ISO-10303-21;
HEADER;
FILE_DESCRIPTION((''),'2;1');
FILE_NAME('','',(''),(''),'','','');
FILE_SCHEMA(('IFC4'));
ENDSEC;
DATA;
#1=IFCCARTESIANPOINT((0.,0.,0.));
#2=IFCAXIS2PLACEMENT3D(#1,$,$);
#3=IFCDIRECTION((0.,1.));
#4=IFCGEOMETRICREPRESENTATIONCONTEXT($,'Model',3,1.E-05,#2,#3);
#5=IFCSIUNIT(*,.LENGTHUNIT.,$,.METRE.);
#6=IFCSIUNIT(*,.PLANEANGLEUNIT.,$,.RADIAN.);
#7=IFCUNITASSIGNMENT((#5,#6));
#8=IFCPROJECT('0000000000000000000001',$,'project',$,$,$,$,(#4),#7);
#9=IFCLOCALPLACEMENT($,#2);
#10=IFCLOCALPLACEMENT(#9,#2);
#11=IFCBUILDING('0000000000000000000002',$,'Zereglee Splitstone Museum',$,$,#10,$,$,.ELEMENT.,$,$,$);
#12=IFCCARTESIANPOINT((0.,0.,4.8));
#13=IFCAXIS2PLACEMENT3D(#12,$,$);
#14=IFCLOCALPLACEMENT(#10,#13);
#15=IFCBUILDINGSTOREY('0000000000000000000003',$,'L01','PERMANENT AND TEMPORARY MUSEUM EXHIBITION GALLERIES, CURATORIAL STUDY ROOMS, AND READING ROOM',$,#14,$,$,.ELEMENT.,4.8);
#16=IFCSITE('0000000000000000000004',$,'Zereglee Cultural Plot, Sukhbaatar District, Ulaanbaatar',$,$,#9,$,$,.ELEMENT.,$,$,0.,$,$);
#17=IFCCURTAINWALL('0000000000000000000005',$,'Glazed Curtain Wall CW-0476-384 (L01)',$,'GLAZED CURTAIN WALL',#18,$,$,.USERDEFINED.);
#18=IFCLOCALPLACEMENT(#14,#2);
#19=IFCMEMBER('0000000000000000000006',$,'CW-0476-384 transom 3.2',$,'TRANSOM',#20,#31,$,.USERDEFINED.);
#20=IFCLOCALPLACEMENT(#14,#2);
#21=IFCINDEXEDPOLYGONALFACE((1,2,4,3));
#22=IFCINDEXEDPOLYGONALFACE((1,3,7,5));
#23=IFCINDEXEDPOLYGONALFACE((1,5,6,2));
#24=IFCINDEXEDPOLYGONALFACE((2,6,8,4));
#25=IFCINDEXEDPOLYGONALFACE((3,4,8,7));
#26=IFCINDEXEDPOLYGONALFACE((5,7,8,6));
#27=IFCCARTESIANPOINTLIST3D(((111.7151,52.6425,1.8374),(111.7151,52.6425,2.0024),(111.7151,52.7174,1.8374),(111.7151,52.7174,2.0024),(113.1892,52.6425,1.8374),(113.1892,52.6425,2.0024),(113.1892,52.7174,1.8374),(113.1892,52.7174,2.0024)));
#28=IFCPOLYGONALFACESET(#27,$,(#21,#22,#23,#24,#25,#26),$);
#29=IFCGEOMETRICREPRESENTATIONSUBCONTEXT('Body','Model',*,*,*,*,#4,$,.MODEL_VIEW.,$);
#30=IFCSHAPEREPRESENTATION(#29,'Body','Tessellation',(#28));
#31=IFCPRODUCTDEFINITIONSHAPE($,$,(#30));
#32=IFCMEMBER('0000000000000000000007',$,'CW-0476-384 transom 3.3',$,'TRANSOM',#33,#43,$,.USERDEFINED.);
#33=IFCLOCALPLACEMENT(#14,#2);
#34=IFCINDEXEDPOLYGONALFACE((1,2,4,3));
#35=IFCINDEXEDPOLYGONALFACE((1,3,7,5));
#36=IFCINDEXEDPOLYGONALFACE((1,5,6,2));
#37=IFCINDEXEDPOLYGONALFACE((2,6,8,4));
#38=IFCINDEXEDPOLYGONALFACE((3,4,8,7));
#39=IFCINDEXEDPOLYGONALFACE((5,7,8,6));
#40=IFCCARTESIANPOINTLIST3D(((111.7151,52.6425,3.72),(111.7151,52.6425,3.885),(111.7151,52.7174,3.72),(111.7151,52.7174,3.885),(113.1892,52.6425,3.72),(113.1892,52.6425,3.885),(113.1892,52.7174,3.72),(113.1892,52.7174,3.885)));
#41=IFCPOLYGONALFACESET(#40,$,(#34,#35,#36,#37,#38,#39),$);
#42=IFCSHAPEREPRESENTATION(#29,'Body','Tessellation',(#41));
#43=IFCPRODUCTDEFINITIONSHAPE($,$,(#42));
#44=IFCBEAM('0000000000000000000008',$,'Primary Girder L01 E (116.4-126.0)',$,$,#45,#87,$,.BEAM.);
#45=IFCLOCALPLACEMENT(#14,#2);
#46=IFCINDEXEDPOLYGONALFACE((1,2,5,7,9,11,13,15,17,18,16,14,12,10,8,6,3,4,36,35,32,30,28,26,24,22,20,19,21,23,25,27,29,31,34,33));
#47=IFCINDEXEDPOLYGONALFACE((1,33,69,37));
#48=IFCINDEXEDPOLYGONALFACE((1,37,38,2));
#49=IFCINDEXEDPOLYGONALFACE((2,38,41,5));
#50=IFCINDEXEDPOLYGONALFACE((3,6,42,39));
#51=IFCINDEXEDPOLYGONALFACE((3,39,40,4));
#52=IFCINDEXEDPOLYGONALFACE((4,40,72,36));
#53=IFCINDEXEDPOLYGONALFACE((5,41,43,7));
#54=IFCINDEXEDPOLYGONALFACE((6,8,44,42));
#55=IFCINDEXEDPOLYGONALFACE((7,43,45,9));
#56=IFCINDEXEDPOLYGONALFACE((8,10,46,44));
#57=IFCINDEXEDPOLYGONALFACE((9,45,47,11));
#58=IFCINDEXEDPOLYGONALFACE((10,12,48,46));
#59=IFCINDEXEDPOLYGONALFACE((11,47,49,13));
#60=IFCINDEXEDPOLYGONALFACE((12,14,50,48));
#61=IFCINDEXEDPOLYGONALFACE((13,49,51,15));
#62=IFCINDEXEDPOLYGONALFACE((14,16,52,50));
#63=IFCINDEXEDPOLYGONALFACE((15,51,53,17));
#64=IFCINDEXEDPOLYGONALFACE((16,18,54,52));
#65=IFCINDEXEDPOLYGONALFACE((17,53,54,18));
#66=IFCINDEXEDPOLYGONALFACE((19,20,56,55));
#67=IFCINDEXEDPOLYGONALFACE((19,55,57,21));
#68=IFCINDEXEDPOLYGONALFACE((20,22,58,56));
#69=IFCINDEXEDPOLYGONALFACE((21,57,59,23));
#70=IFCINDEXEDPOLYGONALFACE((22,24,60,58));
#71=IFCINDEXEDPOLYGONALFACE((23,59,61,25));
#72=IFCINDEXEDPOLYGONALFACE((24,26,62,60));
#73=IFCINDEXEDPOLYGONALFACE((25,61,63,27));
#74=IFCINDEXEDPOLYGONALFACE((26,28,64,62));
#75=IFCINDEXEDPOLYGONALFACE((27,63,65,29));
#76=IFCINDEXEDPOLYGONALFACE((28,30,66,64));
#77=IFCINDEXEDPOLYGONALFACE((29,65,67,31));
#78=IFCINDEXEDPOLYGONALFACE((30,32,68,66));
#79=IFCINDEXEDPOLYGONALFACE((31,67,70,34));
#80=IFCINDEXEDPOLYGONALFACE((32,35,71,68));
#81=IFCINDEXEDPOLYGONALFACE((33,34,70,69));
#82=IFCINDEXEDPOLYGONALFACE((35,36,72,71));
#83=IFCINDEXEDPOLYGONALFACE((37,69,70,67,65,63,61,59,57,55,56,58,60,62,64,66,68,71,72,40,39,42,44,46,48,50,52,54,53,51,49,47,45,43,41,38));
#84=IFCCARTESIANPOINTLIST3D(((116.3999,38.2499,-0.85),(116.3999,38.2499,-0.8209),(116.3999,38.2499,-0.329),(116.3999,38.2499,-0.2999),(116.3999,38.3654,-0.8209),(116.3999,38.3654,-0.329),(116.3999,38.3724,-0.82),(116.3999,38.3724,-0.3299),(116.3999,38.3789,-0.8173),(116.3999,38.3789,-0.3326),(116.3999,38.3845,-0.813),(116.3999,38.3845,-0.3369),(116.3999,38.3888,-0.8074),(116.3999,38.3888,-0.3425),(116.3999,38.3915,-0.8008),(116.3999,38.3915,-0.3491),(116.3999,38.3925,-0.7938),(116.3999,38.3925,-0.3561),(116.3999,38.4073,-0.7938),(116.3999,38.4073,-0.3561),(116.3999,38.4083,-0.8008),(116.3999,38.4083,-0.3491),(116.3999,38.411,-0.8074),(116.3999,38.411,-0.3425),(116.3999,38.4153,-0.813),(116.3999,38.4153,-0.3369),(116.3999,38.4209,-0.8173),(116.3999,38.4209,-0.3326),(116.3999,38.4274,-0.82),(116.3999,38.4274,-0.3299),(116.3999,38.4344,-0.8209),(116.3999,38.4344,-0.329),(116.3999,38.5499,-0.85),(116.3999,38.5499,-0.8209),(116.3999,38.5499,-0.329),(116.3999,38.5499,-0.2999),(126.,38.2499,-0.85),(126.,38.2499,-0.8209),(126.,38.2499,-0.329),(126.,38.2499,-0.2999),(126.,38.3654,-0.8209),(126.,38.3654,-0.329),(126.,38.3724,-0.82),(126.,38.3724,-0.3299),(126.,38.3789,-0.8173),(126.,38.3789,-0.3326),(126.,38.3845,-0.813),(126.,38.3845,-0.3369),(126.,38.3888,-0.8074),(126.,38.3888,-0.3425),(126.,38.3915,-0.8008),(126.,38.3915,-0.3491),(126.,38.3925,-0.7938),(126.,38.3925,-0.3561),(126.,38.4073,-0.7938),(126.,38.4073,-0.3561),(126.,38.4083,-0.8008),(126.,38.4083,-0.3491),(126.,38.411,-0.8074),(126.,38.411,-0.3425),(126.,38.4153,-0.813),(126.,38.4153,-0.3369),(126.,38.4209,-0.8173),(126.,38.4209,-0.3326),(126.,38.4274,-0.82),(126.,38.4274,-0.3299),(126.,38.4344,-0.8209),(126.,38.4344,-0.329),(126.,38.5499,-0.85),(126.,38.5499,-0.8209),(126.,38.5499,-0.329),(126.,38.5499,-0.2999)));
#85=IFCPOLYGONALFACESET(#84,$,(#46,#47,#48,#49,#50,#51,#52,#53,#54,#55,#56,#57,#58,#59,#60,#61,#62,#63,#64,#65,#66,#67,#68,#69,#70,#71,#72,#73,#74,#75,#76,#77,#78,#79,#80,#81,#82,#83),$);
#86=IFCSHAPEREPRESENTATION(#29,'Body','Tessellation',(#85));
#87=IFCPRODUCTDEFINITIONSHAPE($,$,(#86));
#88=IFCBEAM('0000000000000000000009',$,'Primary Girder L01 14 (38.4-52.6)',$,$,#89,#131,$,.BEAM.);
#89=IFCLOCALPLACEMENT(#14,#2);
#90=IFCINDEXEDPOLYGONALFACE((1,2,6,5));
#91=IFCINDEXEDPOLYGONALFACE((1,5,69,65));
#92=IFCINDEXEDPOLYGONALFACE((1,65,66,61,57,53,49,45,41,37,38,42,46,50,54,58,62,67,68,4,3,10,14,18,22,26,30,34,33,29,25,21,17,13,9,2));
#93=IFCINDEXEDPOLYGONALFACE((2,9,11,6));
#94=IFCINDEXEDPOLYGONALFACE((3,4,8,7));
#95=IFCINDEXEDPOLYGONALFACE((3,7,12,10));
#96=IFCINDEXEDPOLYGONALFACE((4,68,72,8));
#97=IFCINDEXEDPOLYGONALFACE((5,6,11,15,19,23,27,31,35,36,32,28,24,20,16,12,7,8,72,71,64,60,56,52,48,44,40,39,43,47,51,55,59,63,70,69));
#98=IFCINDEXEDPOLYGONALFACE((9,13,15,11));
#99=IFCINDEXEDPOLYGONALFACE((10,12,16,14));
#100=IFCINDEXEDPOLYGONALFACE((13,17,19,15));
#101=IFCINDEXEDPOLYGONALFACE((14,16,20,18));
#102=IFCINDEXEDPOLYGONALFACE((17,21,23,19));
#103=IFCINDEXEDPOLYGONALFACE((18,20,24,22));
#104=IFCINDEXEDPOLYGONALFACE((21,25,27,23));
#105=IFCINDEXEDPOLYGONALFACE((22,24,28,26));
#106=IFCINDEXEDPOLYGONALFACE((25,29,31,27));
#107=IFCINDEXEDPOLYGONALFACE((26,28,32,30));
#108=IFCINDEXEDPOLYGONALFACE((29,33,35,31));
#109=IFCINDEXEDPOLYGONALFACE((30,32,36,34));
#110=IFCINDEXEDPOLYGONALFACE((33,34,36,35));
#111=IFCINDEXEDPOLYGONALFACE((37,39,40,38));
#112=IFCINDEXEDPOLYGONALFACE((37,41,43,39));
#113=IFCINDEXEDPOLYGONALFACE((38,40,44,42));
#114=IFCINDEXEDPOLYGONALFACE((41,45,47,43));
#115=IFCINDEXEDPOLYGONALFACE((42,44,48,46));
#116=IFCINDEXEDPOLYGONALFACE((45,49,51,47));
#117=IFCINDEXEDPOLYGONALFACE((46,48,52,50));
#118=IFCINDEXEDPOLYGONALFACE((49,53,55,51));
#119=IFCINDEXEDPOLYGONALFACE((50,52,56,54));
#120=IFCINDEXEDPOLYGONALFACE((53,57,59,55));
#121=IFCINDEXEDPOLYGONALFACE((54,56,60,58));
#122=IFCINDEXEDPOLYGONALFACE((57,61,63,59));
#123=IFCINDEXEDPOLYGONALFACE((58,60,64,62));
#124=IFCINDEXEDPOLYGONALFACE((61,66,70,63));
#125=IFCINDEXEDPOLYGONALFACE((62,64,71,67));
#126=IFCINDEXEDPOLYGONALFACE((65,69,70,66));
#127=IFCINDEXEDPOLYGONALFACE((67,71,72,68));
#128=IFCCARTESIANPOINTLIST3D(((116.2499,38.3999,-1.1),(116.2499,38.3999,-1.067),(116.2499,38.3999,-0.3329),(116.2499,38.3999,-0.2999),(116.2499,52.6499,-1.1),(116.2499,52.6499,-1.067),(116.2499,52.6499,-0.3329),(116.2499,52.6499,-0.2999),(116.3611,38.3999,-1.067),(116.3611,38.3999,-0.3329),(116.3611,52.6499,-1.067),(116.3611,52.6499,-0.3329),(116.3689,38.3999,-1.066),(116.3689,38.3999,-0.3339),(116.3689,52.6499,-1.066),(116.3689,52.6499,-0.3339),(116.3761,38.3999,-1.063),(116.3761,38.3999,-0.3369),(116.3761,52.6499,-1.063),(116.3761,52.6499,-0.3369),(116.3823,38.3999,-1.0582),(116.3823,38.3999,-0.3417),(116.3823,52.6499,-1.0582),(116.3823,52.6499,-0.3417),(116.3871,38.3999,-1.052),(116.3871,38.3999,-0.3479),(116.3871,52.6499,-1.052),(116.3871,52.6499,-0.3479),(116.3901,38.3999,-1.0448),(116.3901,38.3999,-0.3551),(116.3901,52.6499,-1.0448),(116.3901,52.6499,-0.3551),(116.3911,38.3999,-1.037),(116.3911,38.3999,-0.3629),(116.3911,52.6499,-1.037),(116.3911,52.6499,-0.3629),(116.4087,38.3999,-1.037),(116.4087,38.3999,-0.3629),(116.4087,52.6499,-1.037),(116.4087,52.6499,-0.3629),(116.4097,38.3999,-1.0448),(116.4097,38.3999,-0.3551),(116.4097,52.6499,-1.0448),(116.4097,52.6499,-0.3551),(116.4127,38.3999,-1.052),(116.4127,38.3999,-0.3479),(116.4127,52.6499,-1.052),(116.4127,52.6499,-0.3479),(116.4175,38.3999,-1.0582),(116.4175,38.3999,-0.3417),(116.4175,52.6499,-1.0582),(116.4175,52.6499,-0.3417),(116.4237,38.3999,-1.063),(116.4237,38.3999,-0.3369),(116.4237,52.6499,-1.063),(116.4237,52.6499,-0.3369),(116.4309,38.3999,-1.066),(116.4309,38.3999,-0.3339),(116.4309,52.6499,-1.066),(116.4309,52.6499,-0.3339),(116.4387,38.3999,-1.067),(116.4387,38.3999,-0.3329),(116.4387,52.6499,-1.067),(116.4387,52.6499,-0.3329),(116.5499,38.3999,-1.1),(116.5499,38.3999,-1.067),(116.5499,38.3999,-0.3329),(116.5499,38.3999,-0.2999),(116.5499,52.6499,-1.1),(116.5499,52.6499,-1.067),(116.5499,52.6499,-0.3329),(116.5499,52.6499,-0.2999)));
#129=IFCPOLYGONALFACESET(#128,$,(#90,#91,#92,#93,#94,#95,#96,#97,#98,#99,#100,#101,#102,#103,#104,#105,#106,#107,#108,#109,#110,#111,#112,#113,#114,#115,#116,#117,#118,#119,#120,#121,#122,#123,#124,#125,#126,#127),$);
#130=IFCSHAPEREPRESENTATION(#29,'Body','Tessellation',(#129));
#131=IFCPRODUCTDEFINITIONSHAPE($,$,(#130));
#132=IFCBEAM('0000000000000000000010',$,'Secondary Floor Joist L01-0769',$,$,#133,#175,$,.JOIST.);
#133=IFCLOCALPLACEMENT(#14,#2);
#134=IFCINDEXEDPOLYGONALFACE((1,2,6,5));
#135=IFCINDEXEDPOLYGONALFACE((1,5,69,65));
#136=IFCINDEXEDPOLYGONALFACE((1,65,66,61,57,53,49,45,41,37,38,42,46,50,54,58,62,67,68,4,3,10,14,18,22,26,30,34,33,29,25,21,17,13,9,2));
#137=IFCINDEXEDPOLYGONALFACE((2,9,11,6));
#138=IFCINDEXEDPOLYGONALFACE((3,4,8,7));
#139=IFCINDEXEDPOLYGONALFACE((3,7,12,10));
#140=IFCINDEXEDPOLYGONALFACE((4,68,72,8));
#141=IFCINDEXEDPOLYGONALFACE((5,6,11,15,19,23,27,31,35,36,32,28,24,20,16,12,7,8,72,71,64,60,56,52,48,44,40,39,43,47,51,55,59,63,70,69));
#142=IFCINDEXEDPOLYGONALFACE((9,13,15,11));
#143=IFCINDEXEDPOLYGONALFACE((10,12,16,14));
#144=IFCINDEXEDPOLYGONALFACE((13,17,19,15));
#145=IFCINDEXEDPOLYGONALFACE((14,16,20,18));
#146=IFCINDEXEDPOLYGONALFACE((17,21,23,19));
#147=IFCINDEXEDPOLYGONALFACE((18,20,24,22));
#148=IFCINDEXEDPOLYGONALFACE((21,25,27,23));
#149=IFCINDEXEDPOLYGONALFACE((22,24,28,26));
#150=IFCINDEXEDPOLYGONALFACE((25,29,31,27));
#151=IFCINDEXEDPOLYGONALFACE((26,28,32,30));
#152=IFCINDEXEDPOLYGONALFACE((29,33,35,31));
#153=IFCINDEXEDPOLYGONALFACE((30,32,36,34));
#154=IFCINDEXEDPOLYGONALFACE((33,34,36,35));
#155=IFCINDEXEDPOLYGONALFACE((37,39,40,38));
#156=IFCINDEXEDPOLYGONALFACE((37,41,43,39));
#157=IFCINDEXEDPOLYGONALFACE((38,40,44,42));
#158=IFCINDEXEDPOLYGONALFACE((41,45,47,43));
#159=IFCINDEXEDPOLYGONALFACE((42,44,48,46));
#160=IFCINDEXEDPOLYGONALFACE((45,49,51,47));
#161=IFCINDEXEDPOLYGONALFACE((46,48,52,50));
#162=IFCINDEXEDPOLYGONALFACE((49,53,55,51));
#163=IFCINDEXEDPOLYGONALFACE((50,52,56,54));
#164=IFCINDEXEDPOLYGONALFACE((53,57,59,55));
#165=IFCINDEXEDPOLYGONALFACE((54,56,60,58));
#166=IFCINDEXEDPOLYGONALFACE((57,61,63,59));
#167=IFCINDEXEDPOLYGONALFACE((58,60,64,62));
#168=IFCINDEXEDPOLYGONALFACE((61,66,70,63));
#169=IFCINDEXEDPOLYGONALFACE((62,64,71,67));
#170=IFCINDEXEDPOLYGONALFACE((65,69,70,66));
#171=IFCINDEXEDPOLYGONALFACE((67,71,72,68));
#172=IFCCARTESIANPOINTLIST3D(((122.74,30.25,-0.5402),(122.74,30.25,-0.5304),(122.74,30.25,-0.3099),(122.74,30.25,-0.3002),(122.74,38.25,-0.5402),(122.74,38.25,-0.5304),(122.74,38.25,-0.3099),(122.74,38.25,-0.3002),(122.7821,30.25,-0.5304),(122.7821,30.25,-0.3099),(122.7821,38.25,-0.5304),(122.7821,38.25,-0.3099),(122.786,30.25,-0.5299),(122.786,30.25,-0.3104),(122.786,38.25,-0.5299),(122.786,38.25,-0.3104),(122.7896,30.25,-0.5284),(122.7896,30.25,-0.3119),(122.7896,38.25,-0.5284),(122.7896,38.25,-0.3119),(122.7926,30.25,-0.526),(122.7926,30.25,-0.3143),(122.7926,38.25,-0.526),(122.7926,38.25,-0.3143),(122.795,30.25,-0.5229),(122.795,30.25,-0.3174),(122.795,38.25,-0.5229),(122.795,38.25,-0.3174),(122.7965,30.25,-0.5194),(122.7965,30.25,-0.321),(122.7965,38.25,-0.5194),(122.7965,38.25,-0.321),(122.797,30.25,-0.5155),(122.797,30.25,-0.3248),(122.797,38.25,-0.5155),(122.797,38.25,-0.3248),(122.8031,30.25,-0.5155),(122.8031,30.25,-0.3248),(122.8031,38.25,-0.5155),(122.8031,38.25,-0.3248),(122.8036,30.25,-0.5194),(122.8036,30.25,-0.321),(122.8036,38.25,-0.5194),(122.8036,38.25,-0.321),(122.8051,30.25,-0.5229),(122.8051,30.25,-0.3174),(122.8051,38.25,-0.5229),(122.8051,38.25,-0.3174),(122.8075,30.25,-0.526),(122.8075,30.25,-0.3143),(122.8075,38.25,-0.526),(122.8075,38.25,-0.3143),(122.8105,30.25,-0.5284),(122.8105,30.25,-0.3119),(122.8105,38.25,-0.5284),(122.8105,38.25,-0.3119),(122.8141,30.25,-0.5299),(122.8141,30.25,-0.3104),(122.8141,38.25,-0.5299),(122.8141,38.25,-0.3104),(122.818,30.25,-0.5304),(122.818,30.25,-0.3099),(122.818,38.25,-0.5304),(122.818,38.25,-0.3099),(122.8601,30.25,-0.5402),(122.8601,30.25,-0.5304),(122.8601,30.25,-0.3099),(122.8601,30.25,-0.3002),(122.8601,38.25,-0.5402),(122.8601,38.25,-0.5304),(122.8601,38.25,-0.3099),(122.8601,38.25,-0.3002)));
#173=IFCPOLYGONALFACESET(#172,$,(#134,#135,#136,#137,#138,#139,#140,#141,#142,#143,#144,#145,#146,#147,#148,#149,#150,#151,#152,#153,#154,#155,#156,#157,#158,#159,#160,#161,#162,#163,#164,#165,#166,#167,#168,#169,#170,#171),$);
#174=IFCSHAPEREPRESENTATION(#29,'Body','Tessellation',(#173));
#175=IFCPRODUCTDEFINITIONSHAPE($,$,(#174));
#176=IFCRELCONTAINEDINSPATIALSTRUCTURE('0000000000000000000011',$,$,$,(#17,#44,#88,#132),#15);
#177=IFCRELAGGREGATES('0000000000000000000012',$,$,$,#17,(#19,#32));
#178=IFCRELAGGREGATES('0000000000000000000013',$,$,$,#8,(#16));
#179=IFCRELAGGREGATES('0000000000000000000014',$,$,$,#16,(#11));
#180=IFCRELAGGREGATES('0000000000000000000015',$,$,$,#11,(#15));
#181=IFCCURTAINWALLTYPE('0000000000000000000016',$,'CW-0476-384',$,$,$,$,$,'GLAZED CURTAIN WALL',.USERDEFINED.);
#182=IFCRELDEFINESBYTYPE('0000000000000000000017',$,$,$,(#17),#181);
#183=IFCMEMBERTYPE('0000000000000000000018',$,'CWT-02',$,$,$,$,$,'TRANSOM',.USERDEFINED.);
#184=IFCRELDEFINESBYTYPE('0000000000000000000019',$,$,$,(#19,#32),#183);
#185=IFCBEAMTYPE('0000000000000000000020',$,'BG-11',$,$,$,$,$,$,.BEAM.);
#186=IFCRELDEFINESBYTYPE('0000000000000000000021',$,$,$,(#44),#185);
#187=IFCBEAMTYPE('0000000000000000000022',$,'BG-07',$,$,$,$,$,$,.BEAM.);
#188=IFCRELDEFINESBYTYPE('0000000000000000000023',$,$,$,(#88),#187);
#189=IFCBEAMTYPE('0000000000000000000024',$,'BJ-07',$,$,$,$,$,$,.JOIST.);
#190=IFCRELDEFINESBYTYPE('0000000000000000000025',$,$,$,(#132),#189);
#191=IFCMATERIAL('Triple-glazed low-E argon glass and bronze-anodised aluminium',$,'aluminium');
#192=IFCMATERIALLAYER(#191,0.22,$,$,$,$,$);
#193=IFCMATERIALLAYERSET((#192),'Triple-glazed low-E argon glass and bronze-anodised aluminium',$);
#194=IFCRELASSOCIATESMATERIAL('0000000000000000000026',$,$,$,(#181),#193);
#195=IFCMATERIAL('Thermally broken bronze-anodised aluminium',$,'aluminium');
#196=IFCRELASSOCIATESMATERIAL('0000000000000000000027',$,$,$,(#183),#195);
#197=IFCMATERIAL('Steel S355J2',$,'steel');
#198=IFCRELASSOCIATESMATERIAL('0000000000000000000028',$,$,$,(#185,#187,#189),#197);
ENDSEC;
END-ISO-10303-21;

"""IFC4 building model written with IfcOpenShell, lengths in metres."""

from ifc_helpers import new_model, si_unit, direction, frame, origin, origin_2d, place, context, subcontext, project, spatial, rectangle, i_section, extrude, material, layer, layer_set, material_profile, profile_set, type_object, element, aggregate, save


model = new_model("IFC4")

# Units and contexts
model_context = context("Model", 3, precision=1e-05, world=origin(), true_north=direction((0.0, 1.0)))
body_context = subcontext(model_context, "Body", "Model", "MODEL_VIEW")
ifc_project = project(units=[si_unit("LENGTHUNIT", "METRE"), si_unit("PLANEANGLEUNIT", "RADIAN")], contexts=[model_context])

# Site, building, storey
site_placement = place(None, origin())
site = spatial("IfcSite", under=ifc_project, at=site_placement, Name="Zereglee Cultural Plot, Sukhbaatar District, Ulaanbaatar", CompositionType="ELEMENT", RefElevation=0.0)
building_placement = place(site_placement, origin())
building = spatial("IfcBuilding", under=site, at=building_placement, Name="Zereglee Splitstone Museum", CompositionType="ELEMENT")
storey_placement = place(building_placement, frame((0.0, 0.0, 4.8)))
storey = spatial("IfcBuildingStorey", under=building, at=storey_placement, Name="L01", Description="PERMANENT AND TEMPORARY MUSEUM EXHIBITION GALLERIES, CURATORIAL STUDY ROOMS, AND READING ROOM", CompositionType="ELEMENT", Elevation=4.8)

# Shared definitions
ifc_material_1 = material(Name="Steel S355J2", Category="steel")

# Curtain wall, members
ifc_material_2 = material(Name="Triple-glazed low-E argon glass and bronze-anodised aluminium", Category="aluminium")
ifc_layer_1 = layer(ifc_material_2, 0.22)
ifc_layer_set_1 = layer_set([ifc_layer_1], Name="Triple-glazed low-E argon glass and bronze-anodised aluminium")
curtain_wall_type = type_object("IfcCurtainWallType", Name="CW-0476-384", ElementType="GLAZED CURTAIN WALL", PredefinedType="USERDEFINED", material=ifc_layer_set_1)
curtain_wall_placement = place(storey_placement, origin())
curtain_wall = element("IfcCurtainWall", 1, at=curtain_wall_placement, inside=storey, type_object=curtain_wall_type, Name="Glazed Curtain Wall CW-0476-384 (L01)", ObjectType="GLAZED CURTAIN WALL", PredefinedType="USERDEFINED")
ifc_material_3 = material(Name="Thermally broken bronze-anodised aluminium", Category="aluminium")
ifc_material_profile_1 = material_profile(ifc_material_3, rectangle(XDim=0.075, YDim=0.165, at=origin_2d()), Name="CW TRAN 75x165")
ifc_profile_set_1 = profile_set([ifc_material_profile_1], Name="Thermally broken bronze-anodised aluminium")
member_type_1 = type_object("IfcMemberType", Name="CWT-02", ElementType="TRANSOM", PredefinedType="USERDEFINED", material=ifc_profile_set_1)
member_1_placement = place(storey_placement, frame((113.1892, 52.6799, 1.9199), z_axis=(-1.0, 0.0, 0.0), x_axis=(0.0, -1.0, 0.0)))
member_1 = element("IfcMember", 2, at=member_1_placement, type_object=member_type_1, Name="CW-0476-384 transom 3.2", ObjectType="TRANSOM", PredefinedType="USERDEFINED", context=body_context, shape_type="SweptSolid", body=[
    extrude(rectangle(XDim=0.075, YDim=0.165, at=origin_2d()), origin(), (0.0, 0.0, 1.0), 1.4741),
])
member_2_placement = place(storey_placement, frame((113.1892, 52.6799, 3.8025), z_axis=(-1.0, 0.0, 0.0), x_axis=(0.0, -1.0, 0.0)))
member_2 = element("IfcMember", 3, at=member_2_placement, type_object=member_type_1, Name="CW-0476-384 transom 3.3", ObjectType="TRANSOM", PredefinedType="USERDEFINED", context=body_context, shape_type="SweptSolid", body=[
    extrude(rectangle(XDim=0.075, YDim=0.165, at=origin_2d()), origin(), (0.0, 0.0, 1.0), 1.4741),
])

# Beams
ifc_material_profile_2 = material_profile(ifc_material_1, i_section(OverallWidth=0.3, OverallDepth=0.55, WebThickness=0.0149, FlangeThickness=0.0291, FilletRadius=0.0271, at=origin_2d()), Name="HE 550 B")
ifc_profile_set_2 = profile_set([ifc_material_profile_2], Name="Steel S355J2")
beam_type_1 = type_object("IfcBeamType", Name="BG-11", PredefinedType="BEAM", material=ifc_profile_set_2)
beam_1_placement = place(storey_placement, frame((116.3999, 38.3999, -0.575), z_axis=(1.0, 0.0, 0.0), x_axis=(0.0, 1.0, 0.0)))
element("IfcBeam", 4, at=beam_1_placement, inside=storey, type_object=beam_type_1, Name="Primary Girder L01 E (116.4-126.0)", PredefinedType="BEAM", context=body_context, shape_type="SweptSolid", body=[
    extrude(i_section(OverallWidth=0.3, OverallDepth=0.55, WebThickness=0.0149, FlangeThickness=0.0291, FilletRadius=0.0271, at=origin_2d()), origin(), (0.0, 0.0, 1.0), 9.6001),
])
ifc_material_profile_3 = material_profile(ifc_material_1, i_section(OverallWidth=0.3, OverallDepth=0.8, WebThickness=0.0176, FlangeThickness=0.033, FilletRadius=0.03, at=origin_2d()), Name="HE 800 B")
ifc_profile_set_3 = profile_set([ifc_material_profile_3], Name="Steel S355J2")
beam_type_2 = type_object("IfcBeamType", Name="BG-07", PredefinedType="BEAM", material=ifc_profile_set_3)
beam_2_placement = place(storey_placement, frame((116.3999, 38.3999, -0.7), z_axis=(0.0, 1.0, 0.0), x_axis=(-1.0, 0.0, 0.0)))
element("IfcBeam", 5, at=beam_2_placement, inside=storey, type_object=beam_type_2, Name="Primary Girder L01 14 (38.4-52.6)", PredefinedType="BEAM", context=body_context, shape_type="SweptSolid", body=[
    extrude(i_section(OverallWidth=0.3, OverallDepth=0.8, WebThickness=0.0176, FlangeThickness=0.033, FilletRadius=0.03, at=origin_2d()), origin(), (0.0, 0.0, 1.0), 14.25),
])
ifc_material_profile_4 = material_profile(ifc_material_1, i_section(OverallWidth=0.1201, OverallDepth=0.24, WebThickness=0.0061, FlangeThickness=0.0098, FilletRadius=0.0149, at=origin_2d()), Name="IPE 240")
ifc_profile_set_4 = profile_set([ifc_material_profile_4], Name="Steel S355J2")
beam_type_3 = type_object("IfcBeamType", Name="BJ-07", PredefinedType="JOIST", material=ifc_profile_set_4)
beam_3_placement = place(storey_placement, frame((122.8, 30.25, -0.4202), z_axis=(0.0, 1.0, 0.0), x_axis=(-1.0, 0.0, 0.0)))
element("IfcBeam", 6, at=beam_3_placement, inside=storey, type_object=beam_type_3, Name="Secondary Floor Joist L01-0769", PredefinedType="JOIST", context=body_context, shape_type="SweptSolid", body=[
    extrude(i_section(OverallWidth=0.1201, OverallDepth=0.24, WebThickness=0.0061, FlangeThickness=0.0098, FilletRadius=0.0149, at=origin_2d()), origin(), (0.0, 0.0, 1.0), 8.0),
])

aggregate(curtain_wall, [member_1, member_2])

save(model, "model.ifc")
